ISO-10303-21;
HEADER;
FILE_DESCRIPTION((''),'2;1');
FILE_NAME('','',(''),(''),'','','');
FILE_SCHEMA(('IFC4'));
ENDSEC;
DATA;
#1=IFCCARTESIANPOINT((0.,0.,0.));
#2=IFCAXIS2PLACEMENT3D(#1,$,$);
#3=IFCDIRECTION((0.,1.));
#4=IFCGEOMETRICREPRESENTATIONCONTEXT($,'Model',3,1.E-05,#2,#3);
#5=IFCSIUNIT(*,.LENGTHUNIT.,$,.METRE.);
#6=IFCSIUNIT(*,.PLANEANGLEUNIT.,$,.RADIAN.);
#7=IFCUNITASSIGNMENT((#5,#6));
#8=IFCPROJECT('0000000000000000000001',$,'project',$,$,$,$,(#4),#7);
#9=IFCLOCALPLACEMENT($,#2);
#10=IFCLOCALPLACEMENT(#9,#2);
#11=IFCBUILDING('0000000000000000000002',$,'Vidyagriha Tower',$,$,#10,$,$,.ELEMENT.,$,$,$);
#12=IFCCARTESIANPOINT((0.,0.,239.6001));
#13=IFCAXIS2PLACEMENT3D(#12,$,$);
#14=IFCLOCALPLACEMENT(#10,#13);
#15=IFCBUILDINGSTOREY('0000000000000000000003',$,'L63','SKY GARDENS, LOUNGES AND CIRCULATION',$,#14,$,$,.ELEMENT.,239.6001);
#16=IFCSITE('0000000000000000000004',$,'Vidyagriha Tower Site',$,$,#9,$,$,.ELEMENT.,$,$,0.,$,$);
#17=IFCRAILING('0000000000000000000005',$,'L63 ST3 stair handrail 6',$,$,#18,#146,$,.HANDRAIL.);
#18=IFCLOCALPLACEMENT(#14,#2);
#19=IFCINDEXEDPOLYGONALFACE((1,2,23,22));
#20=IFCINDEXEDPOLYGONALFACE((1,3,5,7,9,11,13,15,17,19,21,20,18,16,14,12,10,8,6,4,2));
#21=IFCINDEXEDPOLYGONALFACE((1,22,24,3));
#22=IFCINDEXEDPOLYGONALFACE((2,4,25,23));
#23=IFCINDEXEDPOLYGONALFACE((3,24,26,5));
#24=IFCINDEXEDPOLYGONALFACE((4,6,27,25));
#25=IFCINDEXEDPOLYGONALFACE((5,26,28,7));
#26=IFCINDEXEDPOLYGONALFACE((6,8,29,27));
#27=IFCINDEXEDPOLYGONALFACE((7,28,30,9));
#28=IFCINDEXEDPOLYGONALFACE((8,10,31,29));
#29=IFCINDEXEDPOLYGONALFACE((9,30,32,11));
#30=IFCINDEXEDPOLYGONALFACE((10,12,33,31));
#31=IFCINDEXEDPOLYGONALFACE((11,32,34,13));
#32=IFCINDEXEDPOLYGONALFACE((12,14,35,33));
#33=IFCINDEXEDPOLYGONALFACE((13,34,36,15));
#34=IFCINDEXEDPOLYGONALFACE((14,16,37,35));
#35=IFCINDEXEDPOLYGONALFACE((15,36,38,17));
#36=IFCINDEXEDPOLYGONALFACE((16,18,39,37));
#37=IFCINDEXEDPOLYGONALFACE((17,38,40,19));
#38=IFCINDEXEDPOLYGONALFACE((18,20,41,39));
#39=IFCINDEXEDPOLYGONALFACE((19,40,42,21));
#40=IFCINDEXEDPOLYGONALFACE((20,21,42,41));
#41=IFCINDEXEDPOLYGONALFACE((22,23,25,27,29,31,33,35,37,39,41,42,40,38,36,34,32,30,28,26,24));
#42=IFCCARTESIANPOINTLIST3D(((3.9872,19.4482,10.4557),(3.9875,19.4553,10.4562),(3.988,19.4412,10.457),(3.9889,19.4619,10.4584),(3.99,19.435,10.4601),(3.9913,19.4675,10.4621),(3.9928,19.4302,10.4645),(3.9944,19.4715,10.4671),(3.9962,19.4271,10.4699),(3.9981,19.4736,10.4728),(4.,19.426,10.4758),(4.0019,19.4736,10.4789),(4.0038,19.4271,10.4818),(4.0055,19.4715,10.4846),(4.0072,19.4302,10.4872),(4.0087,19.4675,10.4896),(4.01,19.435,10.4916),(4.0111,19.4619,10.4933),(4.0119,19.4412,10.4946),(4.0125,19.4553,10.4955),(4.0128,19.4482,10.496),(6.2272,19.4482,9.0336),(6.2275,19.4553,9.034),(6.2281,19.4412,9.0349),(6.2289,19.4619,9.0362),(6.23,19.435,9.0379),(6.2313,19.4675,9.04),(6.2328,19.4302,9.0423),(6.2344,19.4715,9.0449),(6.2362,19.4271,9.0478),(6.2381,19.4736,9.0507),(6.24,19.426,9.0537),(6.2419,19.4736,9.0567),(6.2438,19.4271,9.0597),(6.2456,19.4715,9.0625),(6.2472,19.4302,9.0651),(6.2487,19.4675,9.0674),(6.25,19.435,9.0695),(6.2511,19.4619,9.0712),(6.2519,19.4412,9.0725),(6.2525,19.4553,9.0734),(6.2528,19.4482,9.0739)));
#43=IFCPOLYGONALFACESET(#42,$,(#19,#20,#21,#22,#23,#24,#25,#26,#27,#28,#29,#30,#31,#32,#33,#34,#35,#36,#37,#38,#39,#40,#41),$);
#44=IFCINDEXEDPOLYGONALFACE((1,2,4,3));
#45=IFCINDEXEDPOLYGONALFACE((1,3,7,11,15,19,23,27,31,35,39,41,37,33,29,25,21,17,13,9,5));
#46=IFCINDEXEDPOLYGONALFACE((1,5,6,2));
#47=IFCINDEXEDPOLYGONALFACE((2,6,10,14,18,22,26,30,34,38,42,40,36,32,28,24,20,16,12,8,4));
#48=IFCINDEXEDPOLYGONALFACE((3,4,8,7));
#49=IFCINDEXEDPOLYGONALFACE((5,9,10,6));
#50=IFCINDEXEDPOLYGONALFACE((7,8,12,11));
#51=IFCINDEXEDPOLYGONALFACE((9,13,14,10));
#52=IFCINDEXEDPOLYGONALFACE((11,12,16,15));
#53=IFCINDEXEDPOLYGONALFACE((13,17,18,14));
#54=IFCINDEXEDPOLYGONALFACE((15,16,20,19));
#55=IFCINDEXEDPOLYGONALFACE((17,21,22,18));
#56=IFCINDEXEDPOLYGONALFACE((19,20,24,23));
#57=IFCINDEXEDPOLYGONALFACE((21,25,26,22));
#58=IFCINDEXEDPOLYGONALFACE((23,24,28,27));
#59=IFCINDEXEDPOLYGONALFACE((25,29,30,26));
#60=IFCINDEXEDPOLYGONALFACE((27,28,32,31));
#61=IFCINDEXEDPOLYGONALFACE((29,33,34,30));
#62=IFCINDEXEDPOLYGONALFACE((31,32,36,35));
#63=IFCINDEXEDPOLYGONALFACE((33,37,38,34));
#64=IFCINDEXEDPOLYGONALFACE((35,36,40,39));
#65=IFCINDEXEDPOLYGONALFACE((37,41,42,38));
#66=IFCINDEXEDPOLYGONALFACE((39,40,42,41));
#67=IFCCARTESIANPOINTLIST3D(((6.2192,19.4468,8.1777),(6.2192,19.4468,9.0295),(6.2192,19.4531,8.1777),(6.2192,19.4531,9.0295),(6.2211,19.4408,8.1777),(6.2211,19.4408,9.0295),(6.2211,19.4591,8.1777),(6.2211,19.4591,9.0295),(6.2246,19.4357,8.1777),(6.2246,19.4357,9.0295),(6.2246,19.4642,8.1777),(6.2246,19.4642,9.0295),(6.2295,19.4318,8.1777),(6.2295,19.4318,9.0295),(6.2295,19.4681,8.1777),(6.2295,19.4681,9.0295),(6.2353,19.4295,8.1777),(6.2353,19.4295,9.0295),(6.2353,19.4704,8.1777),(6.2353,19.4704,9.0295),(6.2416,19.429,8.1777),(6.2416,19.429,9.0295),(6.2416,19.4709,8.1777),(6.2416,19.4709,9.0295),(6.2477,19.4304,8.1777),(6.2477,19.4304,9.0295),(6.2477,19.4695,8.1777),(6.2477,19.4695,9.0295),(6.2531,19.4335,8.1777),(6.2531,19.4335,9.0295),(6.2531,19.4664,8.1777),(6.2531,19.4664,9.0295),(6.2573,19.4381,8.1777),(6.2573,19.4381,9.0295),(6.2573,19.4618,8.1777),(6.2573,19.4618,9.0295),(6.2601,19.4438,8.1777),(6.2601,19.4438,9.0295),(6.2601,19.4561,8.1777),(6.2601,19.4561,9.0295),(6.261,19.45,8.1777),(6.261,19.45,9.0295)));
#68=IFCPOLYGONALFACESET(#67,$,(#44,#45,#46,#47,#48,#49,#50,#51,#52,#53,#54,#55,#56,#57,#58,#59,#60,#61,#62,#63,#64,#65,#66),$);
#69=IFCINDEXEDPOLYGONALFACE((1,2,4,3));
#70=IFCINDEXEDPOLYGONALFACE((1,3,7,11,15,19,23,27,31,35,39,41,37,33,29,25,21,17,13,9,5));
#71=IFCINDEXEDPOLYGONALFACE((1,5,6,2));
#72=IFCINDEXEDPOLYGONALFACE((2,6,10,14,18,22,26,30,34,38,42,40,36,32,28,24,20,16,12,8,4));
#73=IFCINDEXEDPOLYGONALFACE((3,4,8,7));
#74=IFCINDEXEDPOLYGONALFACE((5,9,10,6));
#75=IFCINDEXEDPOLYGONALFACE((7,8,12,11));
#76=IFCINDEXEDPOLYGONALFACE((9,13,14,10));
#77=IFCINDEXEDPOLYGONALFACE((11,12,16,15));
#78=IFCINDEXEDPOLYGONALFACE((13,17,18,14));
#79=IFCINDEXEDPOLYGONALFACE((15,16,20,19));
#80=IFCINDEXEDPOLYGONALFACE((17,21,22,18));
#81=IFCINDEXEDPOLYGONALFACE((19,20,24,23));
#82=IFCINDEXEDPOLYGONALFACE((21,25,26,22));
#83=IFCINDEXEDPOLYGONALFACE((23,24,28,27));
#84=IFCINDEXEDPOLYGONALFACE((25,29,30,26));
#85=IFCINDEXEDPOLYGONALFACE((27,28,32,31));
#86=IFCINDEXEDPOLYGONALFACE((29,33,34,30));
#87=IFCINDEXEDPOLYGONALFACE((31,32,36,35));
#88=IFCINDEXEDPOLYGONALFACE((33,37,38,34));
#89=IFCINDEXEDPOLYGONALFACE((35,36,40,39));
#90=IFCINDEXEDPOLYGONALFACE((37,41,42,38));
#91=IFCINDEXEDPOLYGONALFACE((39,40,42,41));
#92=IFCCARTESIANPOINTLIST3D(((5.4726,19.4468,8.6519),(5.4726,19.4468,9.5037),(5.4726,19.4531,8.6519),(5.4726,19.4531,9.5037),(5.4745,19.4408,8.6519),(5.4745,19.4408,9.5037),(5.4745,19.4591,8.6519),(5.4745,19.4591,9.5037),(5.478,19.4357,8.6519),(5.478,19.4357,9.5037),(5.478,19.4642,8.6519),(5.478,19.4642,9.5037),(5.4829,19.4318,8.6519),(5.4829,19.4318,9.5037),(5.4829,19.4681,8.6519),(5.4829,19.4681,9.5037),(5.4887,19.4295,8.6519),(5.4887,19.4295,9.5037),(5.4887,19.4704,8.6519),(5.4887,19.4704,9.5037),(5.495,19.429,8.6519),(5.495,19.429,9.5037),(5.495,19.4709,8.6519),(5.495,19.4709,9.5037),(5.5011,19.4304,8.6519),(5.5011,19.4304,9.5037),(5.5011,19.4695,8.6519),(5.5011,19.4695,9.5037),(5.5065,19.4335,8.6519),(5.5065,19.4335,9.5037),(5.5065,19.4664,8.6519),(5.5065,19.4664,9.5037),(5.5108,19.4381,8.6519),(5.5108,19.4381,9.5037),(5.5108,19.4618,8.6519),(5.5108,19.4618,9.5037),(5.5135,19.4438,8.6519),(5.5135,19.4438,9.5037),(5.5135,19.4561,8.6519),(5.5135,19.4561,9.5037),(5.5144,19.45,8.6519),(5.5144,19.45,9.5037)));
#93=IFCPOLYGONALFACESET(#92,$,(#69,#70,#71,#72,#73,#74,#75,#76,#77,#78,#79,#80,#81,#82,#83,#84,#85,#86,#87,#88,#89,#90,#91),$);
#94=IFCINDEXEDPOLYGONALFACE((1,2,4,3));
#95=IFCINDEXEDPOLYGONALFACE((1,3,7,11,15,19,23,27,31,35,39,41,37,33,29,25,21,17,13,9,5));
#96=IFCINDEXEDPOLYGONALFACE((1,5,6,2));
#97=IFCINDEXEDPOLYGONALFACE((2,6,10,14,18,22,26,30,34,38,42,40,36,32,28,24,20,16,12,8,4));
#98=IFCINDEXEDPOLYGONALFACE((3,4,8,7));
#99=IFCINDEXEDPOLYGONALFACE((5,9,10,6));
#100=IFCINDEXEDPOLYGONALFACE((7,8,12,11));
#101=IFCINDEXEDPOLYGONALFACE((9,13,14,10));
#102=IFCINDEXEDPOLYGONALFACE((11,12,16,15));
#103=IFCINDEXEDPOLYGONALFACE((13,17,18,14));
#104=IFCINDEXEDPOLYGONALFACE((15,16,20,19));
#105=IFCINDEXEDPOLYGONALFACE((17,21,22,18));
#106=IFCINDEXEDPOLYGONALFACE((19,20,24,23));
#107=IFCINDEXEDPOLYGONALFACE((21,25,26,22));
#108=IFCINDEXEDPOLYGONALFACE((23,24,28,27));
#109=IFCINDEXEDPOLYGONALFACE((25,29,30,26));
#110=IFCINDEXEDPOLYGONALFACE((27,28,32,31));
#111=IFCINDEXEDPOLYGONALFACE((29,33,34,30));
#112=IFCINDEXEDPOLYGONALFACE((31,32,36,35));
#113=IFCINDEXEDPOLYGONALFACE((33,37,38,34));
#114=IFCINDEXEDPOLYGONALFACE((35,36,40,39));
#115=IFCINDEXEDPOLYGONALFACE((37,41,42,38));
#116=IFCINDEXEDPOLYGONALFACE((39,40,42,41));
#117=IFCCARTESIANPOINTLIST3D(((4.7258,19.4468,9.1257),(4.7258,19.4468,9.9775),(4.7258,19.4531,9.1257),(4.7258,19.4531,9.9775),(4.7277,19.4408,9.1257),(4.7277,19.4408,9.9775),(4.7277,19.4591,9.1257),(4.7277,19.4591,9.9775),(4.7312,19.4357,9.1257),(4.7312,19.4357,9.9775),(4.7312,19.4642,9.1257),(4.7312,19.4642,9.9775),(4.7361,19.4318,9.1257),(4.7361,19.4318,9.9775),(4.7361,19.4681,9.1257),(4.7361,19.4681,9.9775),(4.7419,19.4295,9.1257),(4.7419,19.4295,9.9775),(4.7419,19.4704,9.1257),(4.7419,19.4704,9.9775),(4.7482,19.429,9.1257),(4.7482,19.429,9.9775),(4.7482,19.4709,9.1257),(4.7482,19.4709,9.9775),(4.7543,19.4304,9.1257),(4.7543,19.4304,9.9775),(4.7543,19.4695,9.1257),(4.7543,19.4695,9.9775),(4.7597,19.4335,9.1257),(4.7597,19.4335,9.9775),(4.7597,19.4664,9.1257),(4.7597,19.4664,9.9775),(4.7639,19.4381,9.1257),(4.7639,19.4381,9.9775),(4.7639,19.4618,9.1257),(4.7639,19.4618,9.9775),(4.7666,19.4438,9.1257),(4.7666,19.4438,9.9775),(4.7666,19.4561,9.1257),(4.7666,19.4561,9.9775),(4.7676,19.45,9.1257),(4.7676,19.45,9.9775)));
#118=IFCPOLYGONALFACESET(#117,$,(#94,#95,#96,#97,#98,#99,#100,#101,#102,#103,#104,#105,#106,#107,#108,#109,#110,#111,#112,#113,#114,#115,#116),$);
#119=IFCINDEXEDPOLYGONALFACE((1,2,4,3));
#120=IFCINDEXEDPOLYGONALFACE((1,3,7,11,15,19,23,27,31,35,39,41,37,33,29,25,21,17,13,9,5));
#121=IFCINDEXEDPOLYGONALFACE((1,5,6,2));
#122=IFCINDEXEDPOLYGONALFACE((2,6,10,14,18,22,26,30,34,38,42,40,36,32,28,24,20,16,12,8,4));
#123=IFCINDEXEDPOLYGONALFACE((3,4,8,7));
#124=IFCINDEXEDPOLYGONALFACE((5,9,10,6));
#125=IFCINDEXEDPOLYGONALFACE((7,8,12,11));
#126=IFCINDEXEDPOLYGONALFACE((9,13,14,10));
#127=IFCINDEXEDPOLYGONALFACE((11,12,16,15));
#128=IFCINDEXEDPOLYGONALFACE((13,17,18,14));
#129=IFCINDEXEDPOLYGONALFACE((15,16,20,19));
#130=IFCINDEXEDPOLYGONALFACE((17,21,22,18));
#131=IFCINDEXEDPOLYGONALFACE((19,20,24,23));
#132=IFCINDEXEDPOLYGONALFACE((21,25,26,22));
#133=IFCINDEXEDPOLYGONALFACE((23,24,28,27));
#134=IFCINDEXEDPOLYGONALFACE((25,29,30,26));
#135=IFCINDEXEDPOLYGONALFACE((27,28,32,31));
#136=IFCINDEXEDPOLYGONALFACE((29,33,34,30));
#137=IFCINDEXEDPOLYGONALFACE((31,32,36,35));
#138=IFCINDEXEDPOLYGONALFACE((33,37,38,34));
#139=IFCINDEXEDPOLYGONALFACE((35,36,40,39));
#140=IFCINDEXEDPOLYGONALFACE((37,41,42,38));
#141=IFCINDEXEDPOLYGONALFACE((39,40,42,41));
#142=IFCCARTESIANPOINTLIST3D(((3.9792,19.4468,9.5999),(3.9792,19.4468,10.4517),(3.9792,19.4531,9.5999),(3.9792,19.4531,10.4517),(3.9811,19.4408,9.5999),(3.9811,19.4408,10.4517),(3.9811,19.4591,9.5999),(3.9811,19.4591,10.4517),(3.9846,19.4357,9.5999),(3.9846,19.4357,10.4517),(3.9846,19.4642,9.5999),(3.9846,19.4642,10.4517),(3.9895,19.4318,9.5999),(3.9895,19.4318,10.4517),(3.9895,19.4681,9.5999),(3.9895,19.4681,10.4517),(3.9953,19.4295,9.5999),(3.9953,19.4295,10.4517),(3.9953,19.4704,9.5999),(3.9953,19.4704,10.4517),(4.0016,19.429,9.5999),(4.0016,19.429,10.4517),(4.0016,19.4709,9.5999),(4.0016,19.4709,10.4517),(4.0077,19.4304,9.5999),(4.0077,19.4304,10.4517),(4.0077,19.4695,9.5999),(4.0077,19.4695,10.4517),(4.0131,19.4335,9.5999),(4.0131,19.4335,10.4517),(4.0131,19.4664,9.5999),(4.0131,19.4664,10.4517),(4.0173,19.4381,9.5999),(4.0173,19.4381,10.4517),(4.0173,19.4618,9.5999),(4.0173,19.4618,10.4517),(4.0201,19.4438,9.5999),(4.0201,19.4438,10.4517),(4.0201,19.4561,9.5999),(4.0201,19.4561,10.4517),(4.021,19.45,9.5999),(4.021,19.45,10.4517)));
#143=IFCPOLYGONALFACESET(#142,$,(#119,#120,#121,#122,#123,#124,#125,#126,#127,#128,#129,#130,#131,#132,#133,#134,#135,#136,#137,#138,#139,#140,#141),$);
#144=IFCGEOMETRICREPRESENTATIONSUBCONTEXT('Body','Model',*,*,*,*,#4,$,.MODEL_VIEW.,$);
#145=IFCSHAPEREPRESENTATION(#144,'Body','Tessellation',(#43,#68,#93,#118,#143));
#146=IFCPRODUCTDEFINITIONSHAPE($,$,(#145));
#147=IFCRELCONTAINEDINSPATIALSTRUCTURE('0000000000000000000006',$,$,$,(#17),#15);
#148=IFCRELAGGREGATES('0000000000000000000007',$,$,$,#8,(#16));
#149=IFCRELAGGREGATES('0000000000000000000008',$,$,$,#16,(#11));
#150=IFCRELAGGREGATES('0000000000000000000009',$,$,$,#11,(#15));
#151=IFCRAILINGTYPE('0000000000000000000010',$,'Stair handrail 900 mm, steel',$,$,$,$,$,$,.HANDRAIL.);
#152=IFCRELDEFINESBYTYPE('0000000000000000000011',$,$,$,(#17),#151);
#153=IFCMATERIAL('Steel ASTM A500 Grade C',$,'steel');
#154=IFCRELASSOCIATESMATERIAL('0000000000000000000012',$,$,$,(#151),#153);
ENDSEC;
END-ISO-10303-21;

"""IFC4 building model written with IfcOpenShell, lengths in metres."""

from ifc_helpers import new_model, si_unit, direction, frame, origin, origin_2d, place, context, subcontext, project, spatial, circle, extrude, material, type_object, element, save


model = new_model("IFC4")

# Units and contexts
model_context = context("Model", 3, precision=1e-05, world=origin(), true_north=direction((0.0, 1.0)))
body_context = subcontext(model_context, "Body", "Model", "MODEL_VIEW")
ifc_project = project(units=[si_unit("LENGTHUNIT", "METRE"), si_unit("PLANEANGLEUNIT", "RADIAN")], contexts=[model_context])

# Site, building, storey
site_placement = place(None, origin())
site = spatial("IfcSite", under=ifc_project, at=site_placement, Name="Vidyagriha Tower Site", CompositionType="ELEMENT", RefElevation=0.0)
building_placement = place(site_placement, origin())
building = spatial("IfcBuilding", under=site, at=building_placement, Name="Vidyagriha Tower", CompositionType="ELEMENT")
storey_placement = place(building_placement, frame((0.0, 0.0, 239.6001)))
storey = spatial("IfcBuildingStorey", under=building, at=storey_placement, Name="L63", Description="SKY GARDENS, LOUNGES AND CIRCULATION", CompositionType="ELEMENT", Elevation=239.6001)

# Railing
ifc_material_1 = material(Name="Steel ASTM A500 Grade C", Category="steel")
railing_type_1 = type_object("IfcRailingType", Name="Stair handrail 900 mm, steel", PredefinedType="HANDRAIL", material=ifc_material_1)
railing_1_placement = place(storey_placement, frame((6.24, 19.45, 8.1777)))
element("IfcRailing", 1, at=railing_1_placement, inside=storey, type_object=railing_type_1, Name="L63 ST3 stair handrail 6", PredefinedType="HANDRAIL", context=body_context, shape_type="SweptSolid", body=[
    extrude(circle(Radius=0.0239, at=origin_2d()), frame((0.0, 0.0, 0.876), z_axis=(-0.844229, 0.0, 0.535982), x_axis=(0.0, -1.0, 0.0)), (0.0, 0.0, 1.0), 2.6533),
    extrude(circle(Radius=0.021, at=origin_2d()), origin(), (0.0, 0.0, 1.0), 0.8518),
    extrude(circle(Radius=0.021, at=origin_2d()), frame((-0.7466, 0.0, 0.4741)), (0.0, 0.0, 1.0), 0.8518),
    extrude(circle(Radius=0.021, at=origin_2d()), frame((-1.4934, 0.0, 0.948)), (0.0, 0.0, 1.0), 0.8518),
    extrude(circle(Radius=0.021, at=origin_2d()), frame((-2.24, 0.0, 1.4221)), (0.0, 0.0, 1.0), 0.8518),
])

save(model, "model.ifc")
